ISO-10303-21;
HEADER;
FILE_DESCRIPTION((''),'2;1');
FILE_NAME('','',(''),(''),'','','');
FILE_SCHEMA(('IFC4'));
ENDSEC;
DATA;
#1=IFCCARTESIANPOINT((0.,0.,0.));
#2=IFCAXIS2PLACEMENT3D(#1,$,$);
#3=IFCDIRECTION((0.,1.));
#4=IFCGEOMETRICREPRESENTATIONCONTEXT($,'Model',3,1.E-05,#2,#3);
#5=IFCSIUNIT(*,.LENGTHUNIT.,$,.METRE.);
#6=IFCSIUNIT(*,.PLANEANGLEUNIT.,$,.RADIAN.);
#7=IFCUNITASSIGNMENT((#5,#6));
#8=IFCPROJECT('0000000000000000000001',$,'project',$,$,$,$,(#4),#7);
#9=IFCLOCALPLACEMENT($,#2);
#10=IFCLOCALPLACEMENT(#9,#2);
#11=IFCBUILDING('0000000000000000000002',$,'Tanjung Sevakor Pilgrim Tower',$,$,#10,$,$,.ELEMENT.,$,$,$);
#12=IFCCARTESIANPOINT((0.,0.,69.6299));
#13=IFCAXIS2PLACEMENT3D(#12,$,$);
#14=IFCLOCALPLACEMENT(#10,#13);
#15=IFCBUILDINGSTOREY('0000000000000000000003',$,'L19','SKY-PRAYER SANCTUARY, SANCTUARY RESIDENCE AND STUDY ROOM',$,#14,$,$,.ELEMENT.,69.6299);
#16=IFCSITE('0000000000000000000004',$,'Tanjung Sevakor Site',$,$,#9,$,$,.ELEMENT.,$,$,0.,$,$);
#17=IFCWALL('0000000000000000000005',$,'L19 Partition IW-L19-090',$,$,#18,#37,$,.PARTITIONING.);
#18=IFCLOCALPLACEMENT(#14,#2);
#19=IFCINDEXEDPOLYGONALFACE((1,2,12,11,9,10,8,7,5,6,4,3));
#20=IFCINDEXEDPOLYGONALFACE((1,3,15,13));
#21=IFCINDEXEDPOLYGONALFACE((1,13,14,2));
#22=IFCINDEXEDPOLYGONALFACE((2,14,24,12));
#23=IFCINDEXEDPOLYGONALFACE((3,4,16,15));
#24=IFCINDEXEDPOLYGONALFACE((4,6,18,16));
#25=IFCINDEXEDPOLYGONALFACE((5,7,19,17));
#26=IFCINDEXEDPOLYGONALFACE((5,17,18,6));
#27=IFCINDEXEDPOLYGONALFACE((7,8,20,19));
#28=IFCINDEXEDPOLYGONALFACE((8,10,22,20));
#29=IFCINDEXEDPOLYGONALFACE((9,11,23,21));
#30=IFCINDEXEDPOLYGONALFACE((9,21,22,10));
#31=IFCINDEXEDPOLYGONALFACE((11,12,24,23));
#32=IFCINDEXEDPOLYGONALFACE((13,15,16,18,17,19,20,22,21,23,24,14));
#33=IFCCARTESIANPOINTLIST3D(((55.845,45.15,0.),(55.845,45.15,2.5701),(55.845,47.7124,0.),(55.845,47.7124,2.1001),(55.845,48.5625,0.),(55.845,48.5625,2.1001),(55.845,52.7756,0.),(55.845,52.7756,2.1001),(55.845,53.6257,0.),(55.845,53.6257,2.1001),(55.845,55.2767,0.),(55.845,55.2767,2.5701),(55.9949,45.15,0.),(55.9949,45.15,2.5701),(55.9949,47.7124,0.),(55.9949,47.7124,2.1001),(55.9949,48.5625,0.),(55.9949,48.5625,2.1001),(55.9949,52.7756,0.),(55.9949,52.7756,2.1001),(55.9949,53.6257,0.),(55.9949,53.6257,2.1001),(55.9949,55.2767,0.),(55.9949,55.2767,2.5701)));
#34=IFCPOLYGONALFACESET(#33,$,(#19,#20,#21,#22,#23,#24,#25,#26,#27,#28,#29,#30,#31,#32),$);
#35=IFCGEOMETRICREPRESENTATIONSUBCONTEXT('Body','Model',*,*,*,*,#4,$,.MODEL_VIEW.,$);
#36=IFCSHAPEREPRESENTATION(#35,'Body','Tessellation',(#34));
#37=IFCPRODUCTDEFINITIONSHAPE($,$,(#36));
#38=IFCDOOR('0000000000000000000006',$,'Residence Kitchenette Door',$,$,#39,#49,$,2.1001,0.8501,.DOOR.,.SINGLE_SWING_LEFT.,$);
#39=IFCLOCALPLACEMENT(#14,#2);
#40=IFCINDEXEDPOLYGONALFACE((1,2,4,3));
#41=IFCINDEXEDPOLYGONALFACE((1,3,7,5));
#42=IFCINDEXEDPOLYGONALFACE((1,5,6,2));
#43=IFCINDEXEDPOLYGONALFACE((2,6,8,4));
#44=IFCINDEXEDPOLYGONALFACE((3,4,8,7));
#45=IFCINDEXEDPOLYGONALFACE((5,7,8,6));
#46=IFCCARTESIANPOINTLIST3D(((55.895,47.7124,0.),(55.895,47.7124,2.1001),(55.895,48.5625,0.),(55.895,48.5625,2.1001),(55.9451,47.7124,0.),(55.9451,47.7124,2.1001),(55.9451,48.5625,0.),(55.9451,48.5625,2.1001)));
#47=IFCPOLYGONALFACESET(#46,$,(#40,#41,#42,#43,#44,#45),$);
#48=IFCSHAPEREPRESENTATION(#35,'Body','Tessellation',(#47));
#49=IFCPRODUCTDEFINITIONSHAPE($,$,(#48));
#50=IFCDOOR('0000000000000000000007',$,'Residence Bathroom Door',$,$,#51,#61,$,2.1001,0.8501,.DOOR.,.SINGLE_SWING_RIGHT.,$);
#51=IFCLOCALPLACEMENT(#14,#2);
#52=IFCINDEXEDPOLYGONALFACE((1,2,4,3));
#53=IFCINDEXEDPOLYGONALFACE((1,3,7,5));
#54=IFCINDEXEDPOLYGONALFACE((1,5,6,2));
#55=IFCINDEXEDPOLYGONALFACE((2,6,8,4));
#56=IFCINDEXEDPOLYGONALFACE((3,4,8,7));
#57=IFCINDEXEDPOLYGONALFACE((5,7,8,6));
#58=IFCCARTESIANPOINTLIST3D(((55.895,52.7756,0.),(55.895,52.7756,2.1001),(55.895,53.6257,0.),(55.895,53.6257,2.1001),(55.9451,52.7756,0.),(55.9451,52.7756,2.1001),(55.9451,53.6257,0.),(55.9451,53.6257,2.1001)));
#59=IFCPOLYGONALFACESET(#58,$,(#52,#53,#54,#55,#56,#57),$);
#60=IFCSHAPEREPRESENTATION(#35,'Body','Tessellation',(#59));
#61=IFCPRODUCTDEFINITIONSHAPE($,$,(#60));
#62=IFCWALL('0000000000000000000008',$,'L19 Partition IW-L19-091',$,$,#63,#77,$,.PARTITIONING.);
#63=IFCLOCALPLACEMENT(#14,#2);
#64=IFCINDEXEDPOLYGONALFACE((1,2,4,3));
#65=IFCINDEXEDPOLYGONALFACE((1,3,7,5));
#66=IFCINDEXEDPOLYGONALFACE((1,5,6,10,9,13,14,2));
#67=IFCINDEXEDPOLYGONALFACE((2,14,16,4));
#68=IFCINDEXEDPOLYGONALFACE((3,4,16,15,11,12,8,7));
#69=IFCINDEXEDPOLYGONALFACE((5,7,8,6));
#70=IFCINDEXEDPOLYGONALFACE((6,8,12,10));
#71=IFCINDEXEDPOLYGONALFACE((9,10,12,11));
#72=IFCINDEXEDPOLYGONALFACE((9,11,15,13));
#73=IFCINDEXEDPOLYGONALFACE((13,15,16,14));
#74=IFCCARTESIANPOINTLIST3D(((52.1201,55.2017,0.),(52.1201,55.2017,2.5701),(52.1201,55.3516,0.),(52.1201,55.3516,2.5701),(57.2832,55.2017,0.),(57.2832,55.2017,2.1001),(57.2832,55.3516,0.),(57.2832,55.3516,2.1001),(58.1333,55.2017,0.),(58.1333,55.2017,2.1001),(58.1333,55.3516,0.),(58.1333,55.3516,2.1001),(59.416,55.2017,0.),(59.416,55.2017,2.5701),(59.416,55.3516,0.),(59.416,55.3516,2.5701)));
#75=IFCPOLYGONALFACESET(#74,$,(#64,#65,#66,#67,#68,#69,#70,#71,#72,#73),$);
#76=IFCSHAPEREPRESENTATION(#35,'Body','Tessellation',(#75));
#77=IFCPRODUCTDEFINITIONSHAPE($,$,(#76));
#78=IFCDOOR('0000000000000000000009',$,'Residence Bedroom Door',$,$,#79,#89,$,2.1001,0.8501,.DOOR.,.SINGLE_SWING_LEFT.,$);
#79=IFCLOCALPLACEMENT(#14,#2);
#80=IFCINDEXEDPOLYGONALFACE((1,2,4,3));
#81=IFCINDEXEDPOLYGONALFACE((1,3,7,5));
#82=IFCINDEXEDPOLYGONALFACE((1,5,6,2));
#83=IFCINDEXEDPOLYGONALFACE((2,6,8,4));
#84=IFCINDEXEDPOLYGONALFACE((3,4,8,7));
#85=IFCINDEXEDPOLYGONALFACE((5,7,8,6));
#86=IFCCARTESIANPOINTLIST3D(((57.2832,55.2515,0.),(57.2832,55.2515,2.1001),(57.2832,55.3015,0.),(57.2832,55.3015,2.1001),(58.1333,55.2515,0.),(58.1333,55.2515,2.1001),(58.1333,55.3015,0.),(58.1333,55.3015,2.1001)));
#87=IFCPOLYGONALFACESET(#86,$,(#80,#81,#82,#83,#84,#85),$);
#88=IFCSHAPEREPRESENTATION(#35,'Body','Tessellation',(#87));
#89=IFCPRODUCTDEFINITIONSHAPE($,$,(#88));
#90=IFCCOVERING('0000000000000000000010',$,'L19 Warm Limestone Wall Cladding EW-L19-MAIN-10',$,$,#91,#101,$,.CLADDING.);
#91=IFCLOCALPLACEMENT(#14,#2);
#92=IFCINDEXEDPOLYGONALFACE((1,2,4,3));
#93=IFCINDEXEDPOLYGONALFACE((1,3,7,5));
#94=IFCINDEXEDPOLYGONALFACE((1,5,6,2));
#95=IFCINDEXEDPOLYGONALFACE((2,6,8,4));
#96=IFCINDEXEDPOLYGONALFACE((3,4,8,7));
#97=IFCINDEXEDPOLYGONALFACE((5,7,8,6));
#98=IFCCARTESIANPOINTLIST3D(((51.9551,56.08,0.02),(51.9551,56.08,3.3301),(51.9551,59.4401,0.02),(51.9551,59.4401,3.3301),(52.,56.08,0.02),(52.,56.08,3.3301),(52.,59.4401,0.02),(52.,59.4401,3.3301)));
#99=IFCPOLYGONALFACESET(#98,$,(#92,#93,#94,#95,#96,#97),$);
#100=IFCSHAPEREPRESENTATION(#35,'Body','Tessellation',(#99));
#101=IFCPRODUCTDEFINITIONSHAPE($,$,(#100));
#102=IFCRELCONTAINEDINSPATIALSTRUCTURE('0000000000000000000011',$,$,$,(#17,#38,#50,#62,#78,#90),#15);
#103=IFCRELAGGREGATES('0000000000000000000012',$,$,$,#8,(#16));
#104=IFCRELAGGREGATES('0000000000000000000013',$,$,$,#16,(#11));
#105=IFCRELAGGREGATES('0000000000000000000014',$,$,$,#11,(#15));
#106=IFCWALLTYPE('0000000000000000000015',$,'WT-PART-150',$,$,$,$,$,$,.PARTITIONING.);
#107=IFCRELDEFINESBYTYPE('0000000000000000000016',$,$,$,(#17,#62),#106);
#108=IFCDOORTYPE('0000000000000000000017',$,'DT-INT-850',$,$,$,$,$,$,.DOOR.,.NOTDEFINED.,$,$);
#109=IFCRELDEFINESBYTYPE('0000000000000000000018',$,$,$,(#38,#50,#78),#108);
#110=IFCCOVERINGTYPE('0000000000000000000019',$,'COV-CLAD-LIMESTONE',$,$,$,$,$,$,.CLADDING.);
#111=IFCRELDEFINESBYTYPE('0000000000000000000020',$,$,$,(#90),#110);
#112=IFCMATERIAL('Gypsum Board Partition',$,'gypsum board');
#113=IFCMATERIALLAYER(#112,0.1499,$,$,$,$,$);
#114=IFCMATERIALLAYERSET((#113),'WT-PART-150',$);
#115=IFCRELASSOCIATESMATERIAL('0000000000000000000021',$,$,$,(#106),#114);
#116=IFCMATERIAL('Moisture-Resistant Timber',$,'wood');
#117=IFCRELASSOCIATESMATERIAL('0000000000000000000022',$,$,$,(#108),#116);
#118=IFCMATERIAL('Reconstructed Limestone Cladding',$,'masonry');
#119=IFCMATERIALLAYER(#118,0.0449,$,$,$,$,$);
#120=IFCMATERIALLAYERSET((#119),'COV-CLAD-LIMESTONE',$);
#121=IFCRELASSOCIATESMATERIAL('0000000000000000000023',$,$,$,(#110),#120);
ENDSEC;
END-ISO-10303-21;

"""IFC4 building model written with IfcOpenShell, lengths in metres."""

from ifc_helpers import new_model, si_unit, direction, frame, frame_2d, origin, origin_2d, place, context, subcontext, project, spatial, rectangle, extrude, material, layer, layer_set, type_object, element, fill, save


model = new_model("IFC4")

# Units and contexts
model_context = context("Model", 3, precision=1e-05, world=origin(), true_north=direction((0.0, 1.0)))
body_context = subcontext(model_context, "Body", "Model", "MODEL_VIEW")
ifc_project = project(units=[si_unit("LENGTHUNIT", "METRE"), si_unit("PLANEANGLEUNIT", "RADIAN")], contexts=[model_context])

# Site, building, storey
site_placement = place(None, origin())
site = spatial("IfcSite", under=ifc_project, at=site_placement, Name="Tanjung Sevakor Site", CompositionType="ELEMENT", RefElevation=0.0)
building_placement = place(site_placement, origin())
building = spatial("IfcBuilding", under=site, at=building_placement, Name="Tanjung Sevakor Pilgrim Tower", CompositionType="ELEMENT")
storey_placement = place(building_placement, frame((0.0, 0.0, 69.6299)))
storey = spatial("IfcBuildingStorey", under=building, at=storey_placement, Name="L19", Description="SKY-PRAYER SANCTUARY, SANCTUARY RESIDENCE AND STUDY ROOM", CompositionType="ELEMENT", Elevation=69.6299)

# Shared definitions
ifc_material_1 = material(Name="Gypsum Board Partition", Category="gypsum board")
ifc_layer_1 = layer(ifc_material_1, 0.1499)
ifc_layer_set_1 = layer_set([ifc_layer_1], Name="WT-PART-150")
wall_type_1 = type_object("IfcWallType", Name="WT-PART-150", PredefinedType="PARTITIONING", material=ifc_layer_set_1)

# Wall, openings, doors
wall_1_placement = place(storey_placement, frame((55.9199, 45.1499, 0.0), z_axis=(0.0, 0.0, 1.0), x_axis=(0.0, 1.0, 0.0)))
wall_1 = element("IfcWall", 1, at=wall_1_placement, inside=storey, type_object=wall_type_1, Name="L19 Partition IW-L19-090", PredefinedType="PARTITIONING", context=body_context, shape_type="SweptSolid", body=[
    extrude(rectangle(XDim=10.1267, YDim=0.1499, at=frame_2d((5.0635, 0.0))), origin(), (0.0, 0.0, 1.0), 2.5701),
])
opening_1_placement = place(wall_1_placement, frame((2.5625, 0.0, 0.0)))
opening_1 = element("IfcOpeningElement", 2, at=opening_1_placement, cuts=wall_1, PredefinedType="OPENING", context=body_context, shape_type="SweptSolid", body=[
    extrude(rectangle(XDim=0.8501, YDim=2.1001, at=frame_2d((0.425, 1.05))), frame((0.0, 0.085, 0.0), z_axis=(0.0, -1.0, 0.0), x_axis=(1.0, 0.0, 0.0)), (0.0, 0.0, 1.0), 0.1699),
])
opening_2_placement = place(wall_1_placement, frame((7.6257, 0.0, 0.0)))
opening_2 = element("IfcOpeningElement", 3, at=opening_2_placement, cuts=wall_1, PredefinedType="OPENING", context=body_context, shape_type="SweptSolid", body=[
    extrude(rectangle(XDim=0.8501, YDim=2.1001, at=frame_2d((0.425, 1.05))), frame((0.0, 0.085, 0.0), z_axis=(0.0, -1.0, 0.0), x_axis=(1.0, 0.0, 0.0)), (0.0, 0.0, 1.0), 0.1699),
])
ifc_material_2 = material(Name="Moisture-Resistant Timber", Category="wood")
door_type_1 = type_object("IfcDoorType", Name="DT-INT-850", OperationType="NOTDEFINED", PredefinedType="DOOR", material=ifc_material_2)
door_1_placement = place(opening_1_placement, origin())
door_1 = element("IfcDoor", 4, at=door_1_placement, inside=storey, type_object=door_type_1, Name="Residence Kitchenette Door", OperationType="SINGLE_SWING_LEFT", OverallHeight=2.1001, OverallWidth=0.8501, PredefinedType="DOOR", context=body_context, shape_type="SweptSolid", body=[
    extrude(rectangle(XDim=0.8501, YDim=2.1001, at=frame_2d((0.425, 1.05))), frame((0.0, 0.0249, 0.0), z_axis=(0.0, -1.0, 0.0), x_axis=(1.0, 0.0, 0.0)), (0.0, 0.0, 1.0), 0.05),
])
fill(opening_1, door_1)
door_2_placement = place(opening_2_placement, origin())
door_2 = element("IfcDoor", 5, at=door_2_placement, inside=storey, type_object=door_type_1, Name="Residence Bathroom Door", OperationType="SINGLE_SWING_RIGHT", OverallHeight=2.1001, OverallWidth=0.8501, PredefinedType="DOOR", context=body_context, shape_type="SweptSolid", body=[
    extrude(rectangle(XDim=0.8501, YDim=2.1001, at=frame_2d((0.425, 1.05))), frame((0.0, 0.0249, 0.0), z_axis=(0.0, -1.0, 0.0), x_axis=(1.0, 0.0, 0.0)), (0.0, 0.0, 1.0), 0.05),
])
fill(opening_2, door_2)

# Wall, opening, door
wall_2_placement = place(storey_placement, frame((52.1201, 55.2766, 0.0), z_axis=(0.0, 0.0, 1.0), x_axis=(1.0, 0.0, 0.0)))
wall_2 = element("IfcWall", 6, at=wall_2_placement, inside=storey, type_object=wall_type_1, Name="L19 Partition IW-L19-091", PredefinedType="PARTITIONING", context=body_context, shape_type="SweptSolid", body=[
    extrude(rectangle(XDim=7.2959, YDim=0.1499, at=frame_2d((3.6479, 0.0))), origin(), (0.0, 0.0, 1.0), 2.5701),
])
opening_3_placement = place(wall_2_placement, frame((5.1631, 0.0, 0.0)))
opening_3 = element("IfcOpeningElement", 7, at=opening_3_placement, cuts=wall_2, PredefinedType="OPENING", context=body_context, shape_type="SweptSolid", body=[
    extrude(rectangle(XDim=0.8501, YDim=2.1001, at=frame_2d((0.425, 1.05))), frame((0.0, 0.085, 0.0), z_axis=(0.0, -1.0, 0.0), x_axis=(1.0, 0.0, 0.0)), (0.0, 0.0, 1.0), 0.1699),
])
door_3_placement = place(opening_3_placement, origin())
door_3 = element("IfcDoor", 8, at=door_3_placement, inside=storey, type_object=door_type_1, Name="Residence Bedroom Door", OperationType="SINGLE_SWING_LEFT", OverallHeight=2.1001, OverallWidth=0.8501, PredefinedType="DOOR", context=body_context, shape_type="SweptSolid", body=[
    extrude(rectangle(XDim=0.8501, YDim=2.1001, at=frame_2d((0.425, 1.05))), frame((0.0, 0.0249, 0.0), z_axis=(0.0, -1.0, 0.0), x_axis=(1.0, 0.0, 0.0)), (0.0, 0.0, 1.0), 0.05),
])
fill(opening_3, door_3)

# Covering
ifc_material_3 = material(Name="Reconstructed Limestone Cladding", Category="masonry")
ifc_layer_2 = layer(ifc_material_3, 0.0449)
ifc_layer_set_2 = layer_set([ifc_layer_2], Name="COV-CLAD-LIMESTONE")
covering_type = type_object("IfcCoveringType", Name="COV-CLAD-LIMESTONE", PredefinedType="CLADDING", material=ifc_layer_set_2)
covering_placement = place(storey_placement, frame((51.9775, 57.76, 0.02), z_axis=(0.0, 0.0, 1.0), x_axis=(0.0, -1.0, 0.0)))
element("IfcCovering", 9, at=covering_placement, inside=storey, type_object=covering_type, Name="L19 Warm Limestone Wall Cladding EW-L19-MAIN-10", PredefinedType="CLADDING", context=body_context, shape_type="SweptSolid", body=[
    extrude(rectangle(XDim=3.3601, YDim=0.0449, at=origin_2d()), origin(), (0.0, 0.0, 1.0), 3.3101),
])

save(model, "model.ifc")
